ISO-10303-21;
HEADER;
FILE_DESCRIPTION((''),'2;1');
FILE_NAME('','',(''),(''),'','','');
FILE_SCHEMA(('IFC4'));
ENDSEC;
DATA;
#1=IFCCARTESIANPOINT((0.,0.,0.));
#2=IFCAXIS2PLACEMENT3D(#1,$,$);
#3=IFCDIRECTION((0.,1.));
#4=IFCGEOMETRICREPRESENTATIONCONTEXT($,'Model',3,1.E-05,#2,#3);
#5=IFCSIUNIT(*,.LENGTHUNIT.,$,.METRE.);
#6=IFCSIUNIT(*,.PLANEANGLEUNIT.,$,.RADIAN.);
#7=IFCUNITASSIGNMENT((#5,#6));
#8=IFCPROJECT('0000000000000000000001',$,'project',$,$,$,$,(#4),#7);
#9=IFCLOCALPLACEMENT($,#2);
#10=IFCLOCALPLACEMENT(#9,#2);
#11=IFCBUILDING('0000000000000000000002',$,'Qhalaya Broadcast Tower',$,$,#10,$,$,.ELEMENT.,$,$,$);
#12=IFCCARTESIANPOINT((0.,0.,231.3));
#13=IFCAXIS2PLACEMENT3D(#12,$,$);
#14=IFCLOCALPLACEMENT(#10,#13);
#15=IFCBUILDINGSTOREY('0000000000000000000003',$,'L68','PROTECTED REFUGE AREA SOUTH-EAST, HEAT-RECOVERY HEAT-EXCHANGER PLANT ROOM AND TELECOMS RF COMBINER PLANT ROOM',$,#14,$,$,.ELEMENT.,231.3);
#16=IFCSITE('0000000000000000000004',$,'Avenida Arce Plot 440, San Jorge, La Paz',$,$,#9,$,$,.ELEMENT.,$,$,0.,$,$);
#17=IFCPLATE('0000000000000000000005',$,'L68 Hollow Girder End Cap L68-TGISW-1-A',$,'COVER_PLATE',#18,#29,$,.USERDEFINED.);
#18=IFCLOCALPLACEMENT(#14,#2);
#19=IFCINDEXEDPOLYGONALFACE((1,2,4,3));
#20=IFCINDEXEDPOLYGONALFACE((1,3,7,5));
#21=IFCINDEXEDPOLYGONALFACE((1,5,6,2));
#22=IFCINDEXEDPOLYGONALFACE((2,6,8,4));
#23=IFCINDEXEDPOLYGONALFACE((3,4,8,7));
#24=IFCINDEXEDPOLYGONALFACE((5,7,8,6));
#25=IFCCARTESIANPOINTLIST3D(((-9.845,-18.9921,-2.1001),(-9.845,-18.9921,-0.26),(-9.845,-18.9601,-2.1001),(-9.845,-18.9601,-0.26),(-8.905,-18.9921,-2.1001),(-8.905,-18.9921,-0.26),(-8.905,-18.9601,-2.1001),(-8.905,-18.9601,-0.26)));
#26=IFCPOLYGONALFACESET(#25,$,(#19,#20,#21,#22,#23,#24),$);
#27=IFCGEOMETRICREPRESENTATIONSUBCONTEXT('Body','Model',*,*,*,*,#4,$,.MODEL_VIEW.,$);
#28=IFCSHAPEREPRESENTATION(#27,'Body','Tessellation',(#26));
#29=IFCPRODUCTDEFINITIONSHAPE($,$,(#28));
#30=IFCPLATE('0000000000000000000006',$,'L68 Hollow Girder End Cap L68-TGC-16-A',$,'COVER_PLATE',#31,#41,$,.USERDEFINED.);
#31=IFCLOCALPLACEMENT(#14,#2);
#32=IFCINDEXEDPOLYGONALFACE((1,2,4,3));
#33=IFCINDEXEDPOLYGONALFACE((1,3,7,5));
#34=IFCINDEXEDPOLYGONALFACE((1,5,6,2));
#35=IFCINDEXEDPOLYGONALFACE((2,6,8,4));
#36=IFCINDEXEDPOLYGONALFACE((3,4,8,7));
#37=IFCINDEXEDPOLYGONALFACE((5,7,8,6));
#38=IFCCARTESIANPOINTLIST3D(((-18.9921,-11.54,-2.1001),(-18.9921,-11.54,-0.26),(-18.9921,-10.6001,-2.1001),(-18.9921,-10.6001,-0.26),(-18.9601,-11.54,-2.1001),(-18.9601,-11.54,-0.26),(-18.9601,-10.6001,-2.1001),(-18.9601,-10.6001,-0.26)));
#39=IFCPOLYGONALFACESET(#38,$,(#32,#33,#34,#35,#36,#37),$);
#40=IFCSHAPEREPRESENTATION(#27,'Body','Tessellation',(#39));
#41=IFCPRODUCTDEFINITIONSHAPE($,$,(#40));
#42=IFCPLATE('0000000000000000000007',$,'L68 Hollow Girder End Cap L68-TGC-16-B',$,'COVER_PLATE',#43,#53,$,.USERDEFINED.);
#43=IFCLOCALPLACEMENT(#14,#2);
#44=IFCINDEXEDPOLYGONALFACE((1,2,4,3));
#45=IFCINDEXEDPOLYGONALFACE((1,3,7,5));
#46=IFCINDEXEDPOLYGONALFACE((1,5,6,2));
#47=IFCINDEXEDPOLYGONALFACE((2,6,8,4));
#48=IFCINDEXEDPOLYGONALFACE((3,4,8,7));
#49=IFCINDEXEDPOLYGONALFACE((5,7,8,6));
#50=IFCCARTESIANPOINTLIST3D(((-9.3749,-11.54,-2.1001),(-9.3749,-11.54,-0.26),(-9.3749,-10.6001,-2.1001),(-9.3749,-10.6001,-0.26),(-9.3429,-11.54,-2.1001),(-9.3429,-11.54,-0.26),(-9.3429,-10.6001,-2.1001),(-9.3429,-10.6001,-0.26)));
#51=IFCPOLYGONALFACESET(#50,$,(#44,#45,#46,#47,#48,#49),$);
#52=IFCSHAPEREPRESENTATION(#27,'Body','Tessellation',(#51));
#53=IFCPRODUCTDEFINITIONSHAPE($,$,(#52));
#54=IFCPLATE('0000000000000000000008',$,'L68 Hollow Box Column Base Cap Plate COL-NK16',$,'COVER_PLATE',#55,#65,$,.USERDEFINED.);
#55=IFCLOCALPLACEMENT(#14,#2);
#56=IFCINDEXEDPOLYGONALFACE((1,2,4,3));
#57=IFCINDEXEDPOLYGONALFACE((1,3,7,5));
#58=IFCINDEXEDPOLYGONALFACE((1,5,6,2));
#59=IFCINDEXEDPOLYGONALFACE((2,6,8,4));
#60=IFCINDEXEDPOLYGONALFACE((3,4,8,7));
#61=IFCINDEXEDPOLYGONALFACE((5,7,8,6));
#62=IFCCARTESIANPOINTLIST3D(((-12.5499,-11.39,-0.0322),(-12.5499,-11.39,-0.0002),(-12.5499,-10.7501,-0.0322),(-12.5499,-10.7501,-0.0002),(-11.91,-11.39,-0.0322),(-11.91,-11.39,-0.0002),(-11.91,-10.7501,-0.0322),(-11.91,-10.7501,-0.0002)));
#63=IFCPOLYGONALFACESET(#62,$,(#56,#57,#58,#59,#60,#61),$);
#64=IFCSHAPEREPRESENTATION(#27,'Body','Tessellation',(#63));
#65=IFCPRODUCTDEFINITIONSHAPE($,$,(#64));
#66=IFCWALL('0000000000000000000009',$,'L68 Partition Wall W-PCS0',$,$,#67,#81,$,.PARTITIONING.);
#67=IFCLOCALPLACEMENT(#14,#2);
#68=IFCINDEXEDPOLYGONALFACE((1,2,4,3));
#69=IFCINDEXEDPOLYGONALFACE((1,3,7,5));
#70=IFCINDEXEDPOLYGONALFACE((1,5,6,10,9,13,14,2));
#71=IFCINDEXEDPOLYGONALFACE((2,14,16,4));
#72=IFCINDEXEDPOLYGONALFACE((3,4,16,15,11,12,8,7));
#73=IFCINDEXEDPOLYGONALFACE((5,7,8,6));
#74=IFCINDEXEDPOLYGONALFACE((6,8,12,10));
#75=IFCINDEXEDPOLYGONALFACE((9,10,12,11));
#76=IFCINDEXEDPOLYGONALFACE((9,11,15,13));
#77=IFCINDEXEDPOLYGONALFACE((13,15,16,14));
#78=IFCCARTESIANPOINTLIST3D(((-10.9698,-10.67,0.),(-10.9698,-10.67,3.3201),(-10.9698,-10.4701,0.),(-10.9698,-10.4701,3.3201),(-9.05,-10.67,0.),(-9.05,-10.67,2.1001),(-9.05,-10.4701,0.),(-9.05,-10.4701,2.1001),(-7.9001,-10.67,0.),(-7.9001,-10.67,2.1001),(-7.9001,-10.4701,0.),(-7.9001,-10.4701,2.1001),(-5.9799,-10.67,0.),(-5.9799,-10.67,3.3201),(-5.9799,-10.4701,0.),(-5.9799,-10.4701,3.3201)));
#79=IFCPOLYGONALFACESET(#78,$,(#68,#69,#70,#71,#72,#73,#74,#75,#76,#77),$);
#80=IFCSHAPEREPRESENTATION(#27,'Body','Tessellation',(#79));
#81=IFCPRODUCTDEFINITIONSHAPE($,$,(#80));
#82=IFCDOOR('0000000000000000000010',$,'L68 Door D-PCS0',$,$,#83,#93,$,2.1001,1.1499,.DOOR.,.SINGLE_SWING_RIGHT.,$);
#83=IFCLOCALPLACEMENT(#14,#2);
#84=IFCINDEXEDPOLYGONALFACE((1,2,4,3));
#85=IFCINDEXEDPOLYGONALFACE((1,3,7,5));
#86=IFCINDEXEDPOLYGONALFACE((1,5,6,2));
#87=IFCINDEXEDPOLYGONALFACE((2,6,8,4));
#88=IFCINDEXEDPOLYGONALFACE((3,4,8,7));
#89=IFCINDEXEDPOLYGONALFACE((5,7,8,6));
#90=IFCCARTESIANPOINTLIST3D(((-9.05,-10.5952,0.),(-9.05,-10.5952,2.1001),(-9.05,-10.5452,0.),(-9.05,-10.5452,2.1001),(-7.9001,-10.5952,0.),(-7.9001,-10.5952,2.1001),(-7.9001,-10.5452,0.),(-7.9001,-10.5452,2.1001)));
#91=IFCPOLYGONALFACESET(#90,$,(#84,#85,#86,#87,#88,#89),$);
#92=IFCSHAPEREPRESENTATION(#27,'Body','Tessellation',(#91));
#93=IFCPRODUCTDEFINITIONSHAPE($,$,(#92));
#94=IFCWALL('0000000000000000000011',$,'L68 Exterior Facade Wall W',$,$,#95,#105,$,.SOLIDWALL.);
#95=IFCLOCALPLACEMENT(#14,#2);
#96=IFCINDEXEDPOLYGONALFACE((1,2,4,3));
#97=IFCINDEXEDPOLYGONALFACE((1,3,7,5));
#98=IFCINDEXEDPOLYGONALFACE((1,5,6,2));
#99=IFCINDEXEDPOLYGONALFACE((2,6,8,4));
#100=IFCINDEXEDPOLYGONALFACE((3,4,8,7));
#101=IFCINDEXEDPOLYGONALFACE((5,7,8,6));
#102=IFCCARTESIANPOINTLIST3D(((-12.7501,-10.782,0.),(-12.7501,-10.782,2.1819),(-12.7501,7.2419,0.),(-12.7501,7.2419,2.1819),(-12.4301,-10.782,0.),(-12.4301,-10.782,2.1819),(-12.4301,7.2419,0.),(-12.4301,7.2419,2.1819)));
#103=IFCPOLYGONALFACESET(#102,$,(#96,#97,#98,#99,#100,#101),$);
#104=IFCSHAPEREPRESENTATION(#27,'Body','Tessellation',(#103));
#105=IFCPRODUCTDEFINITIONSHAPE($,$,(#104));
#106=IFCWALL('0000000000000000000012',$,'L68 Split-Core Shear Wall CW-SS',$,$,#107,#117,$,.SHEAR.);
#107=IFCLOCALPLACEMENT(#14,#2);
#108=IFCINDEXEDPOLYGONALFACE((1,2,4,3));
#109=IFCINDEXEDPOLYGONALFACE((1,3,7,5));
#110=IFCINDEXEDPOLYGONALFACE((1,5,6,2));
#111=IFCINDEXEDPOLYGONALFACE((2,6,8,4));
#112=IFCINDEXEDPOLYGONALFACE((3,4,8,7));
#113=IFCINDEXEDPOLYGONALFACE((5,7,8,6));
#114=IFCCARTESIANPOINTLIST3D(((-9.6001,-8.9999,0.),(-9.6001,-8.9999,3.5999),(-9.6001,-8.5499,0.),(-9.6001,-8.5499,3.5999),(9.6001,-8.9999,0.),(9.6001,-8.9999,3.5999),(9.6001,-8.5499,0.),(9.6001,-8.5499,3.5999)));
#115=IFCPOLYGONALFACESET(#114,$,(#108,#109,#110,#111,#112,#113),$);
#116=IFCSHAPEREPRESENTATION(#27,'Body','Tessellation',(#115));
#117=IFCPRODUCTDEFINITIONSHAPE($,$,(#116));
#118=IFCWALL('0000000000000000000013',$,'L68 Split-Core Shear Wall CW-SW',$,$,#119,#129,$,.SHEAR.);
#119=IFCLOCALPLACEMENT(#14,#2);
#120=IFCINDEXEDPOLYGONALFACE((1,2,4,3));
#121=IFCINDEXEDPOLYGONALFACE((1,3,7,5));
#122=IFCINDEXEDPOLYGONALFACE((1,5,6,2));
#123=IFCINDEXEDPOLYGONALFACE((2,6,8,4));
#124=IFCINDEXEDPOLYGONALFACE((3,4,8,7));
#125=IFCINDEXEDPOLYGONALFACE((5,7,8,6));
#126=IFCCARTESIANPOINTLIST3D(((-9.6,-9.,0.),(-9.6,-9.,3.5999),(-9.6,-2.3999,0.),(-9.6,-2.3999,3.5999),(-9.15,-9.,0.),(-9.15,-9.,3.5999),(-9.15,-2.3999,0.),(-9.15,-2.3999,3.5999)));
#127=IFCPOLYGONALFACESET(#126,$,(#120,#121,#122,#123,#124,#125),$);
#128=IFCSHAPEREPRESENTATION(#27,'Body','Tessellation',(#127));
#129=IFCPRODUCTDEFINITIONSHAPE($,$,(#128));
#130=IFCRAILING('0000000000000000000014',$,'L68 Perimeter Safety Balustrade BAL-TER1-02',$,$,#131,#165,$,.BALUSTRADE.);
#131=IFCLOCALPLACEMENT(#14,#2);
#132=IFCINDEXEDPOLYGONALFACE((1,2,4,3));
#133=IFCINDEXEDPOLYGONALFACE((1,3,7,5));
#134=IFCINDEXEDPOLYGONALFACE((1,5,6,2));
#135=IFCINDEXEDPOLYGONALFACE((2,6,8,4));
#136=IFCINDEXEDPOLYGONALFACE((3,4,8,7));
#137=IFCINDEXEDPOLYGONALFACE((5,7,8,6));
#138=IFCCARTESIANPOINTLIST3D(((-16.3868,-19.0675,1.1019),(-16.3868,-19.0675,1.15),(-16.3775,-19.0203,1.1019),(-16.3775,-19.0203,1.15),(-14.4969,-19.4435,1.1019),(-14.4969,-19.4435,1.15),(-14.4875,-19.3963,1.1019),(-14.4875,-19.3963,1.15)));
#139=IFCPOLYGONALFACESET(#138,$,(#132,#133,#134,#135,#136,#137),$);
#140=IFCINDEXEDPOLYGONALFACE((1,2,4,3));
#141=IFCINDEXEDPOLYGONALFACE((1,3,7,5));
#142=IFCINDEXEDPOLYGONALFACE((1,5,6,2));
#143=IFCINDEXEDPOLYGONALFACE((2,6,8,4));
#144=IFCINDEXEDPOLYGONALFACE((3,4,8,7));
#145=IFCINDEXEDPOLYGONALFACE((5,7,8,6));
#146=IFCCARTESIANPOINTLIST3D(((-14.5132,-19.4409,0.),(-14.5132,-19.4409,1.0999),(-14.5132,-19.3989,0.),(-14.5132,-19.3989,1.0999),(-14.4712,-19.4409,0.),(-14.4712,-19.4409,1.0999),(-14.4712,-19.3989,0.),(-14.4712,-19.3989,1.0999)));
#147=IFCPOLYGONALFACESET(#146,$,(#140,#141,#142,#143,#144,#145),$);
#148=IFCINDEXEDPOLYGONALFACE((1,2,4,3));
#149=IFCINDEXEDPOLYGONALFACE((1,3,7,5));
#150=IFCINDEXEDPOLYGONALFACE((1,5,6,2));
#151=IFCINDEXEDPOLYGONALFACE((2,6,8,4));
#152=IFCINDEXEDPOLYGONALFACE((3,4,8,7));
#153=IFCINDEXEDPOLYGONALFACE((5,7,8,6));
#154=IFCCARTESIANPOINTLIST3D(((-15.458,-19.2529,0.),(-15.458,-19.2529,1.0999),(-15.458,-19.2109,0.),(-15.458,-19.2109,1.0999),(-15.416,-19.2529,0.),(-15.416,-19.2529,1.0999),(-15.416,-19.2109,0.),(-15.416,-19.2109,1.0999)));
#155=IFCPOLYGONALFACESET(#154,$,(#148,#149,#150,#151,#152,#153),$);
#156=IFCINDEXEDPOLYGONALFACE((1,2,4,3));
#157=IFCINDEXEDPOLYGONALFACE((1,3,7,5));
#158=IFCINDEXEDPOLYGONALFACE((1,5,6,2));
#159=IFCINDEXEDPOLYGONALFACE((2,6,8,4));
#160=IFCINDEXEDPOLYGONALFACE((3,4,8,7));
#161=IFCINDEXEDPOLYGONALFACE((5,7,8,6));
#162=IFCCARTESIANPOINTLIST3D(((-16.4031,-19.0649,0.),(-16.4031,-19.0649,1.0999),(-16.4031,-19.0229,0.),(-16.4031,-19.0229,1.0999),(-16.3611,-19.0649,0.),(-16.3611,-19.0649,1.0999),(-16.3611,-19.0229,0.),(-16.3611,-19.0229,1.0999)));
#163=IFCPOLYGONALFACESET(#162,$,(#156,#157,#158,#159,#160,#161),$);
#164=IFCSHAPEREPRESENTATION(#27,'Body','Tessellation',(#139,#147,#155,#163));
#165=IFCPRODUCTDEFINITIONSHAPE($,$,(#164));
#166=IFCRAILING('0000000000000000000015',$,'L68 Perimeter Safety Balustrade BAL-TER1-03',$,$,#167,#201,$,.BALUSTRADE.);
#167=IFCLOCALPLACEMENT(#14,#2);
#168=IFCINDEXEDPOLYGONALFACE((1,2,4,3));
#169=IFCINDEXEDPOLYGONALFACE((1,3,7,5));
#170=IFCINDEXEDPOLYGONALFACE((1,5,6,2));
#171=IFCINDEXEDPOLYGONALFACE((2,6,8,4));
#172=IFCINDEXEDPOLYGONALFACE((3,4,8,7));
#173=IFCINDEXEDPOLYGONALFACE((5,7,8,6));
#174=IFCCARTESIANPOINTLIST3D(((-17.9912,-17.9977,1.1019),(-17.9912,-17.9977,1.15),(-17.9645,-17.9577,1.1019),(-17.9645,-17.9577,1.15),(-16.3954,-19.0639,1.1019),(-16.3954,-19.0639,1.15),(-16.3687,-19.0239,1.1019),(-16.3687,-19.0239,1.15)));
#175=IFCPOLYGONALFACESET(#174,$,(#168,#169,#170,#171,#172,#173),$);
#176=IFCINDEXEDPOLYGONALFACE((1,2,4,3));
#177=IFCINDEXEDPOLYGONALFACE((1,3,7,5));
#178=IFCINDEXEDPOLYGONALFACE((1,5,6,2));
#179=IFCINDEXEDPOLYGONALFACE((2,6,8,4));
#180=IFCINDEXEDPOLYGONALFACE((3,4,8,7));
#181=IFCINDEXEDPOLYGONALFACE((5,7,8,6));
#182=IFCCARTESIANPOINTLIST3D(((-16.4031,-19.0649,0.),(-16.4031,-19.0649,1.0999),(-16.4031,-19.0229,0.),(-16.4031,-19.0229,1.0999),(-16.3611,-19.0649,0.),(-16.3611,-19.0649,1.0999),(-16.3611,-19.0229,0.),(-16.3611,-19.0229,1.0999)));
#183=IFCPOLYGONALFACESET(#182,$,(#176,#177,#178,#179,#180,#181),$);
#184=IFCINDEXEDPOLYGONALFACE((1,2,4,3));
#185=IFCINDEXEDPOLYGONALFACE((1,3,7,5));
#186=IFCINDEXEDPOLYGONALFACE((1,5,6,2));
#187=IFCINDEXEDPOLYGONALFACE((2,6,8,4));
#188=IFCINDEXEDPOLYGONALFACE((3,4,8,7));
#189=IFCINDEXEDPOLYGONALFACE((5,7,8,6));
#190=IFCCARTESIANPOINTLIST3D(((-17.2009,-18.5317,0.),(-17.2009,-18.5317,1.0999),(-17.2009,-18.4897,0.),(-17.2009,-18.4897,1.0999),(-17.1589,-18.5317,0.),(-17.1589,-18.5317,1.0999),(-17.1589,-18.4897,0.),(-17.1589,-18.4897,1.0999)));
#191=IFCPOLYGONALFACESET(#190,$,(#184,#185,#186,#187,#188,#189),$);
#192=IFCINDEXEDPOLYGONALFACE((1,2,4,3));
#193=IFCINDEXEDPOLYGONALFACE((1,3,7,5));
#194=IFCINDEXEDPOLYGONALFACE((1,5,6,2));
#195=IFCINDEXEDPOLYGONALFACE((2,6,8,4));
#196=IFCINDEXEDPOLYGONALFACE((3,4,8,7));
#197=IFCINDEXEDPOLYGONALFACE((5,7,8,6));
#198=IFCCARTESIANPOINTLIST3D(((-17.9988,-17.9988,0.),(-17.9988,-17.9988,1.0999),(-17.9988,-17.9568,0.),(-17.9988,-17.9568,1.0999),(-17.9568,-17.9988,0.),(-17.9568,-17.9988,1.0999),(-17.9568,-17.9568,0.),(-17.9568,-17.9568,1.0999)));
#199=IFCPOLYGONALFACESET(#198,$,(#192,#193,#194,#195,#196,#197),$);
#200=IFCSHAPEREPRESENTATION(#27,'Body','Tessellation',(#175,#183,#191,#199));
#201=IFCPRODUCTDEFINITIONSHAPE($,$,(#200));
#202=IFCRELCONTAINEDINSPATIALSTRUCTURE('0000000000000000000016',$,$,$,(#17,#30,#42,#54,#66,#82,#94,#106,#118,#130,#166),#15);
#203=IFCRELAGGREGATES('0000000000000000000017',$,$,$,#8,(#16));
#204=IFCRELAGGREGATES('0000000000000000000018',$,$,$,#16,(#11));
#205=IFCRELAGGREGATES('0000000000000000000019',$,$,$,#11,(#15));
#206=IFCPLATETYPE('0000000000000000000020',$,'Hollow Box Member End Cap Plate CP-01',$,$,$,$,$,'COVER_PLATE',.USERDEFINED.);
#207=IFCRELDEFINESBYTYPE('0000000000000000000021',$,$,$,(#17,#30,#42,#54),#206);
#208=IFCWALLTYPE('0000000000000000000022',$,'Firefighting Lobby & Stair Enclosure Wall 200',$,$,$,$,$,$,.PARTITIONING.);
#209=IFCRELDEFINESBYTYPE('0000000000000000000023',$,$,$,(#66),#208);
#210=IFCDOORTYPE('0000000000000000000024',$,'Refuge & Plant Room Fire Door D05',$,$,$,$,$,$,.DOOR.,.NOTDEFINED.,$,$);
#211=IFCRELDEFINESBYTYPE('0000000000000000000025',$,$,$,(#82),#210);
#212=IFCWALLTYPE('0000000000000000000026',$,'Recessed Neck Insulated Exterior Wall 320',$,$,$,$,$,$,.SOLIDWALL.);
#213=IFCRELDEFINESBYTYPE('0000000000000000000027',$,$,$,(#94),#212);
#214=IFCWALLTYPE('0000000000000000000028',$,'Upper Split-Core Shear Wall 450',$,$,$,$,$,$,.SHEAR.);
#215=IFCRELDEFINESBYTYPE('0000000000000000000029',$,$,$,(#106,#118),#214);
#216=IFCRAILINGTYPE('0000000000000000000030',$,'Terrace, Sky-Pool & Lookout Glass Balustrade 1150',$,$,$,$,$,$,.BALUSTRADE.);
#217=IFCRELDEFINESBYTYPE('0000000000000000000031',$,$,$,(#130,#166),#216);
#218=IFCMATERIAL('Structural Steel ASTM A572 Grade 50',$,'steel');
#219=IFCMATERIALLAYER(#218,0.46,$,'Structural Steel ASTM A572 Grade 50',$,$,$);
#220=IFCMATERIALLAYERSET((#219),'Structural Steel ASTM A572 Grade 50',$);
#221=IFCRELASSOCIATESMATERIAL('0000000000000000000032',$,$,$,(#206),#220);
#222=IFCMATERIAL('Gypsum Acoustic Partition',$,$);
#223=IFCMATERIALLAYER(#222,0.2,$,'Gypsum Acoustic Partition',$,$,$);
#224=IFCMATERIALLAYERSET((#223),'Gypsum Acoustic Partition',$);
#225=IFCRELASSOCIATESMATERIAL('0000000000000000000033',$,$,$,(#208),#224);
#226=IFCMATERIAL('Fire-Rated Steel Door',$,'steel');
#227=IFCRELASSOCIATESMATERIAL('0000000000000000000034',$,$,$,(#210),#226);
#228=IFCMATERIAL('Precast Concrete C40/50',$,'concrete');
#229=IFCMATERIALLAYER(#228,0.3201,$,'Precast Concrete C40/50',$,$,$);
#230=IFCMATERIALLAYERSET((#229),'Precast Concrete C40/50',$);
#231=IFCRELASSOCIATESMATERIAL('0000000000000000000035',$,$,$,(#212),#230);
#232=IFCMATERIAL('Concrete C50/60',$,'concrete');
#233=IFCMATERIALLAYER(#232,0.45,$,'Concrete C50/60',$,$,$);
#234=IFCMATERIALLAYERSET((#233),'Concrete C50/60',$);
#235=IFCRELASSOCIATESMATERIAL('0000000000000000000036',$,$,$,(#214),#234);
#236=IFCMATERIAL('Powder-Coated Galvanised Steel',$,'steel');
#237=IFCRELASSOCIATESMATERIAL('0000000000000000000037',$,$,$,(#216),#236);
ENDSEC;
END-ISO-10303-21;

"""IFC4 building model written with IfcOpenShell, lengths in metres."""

from ifc_helpers import new_model, si_unit, direction, frame, frame_2d, origin, origin_2d, place, context, subcontext, project, spatial, rectangle, extrude, material, layer, layer_set, type_object, element, fill, save


model = new_model("IFC4")

# Units and contexts
model_context = context("Model", 3, precision=1e-05, world=origin(), true_north=direction((0.0, 1.0)))
body_context = subcontext(model_context, "Body", "Model", "MODEL_VIEW")
ifc_project = project(units=[si_unit("LENGTHUNIT", "METRE"), si_unit("PLANEANGLEUNIT", "RADIAN")], contexts=[model_context])

# Site, building, storey
site_placement = place(None, origin())
site = spatial("IfcSite", under=ifc_project, at=site_placement, Name="Avenida Arce Plot 440, San Jorge, La Paz", CompositionType="ELEMENT", RefElevation=0.0)
building_placement = place(site_placement, origin())
building = spatial("IfcBuilding", under=site, at=building_placement, Name="Qhalaya Broadcast Tower", CompositionType="ELEMENT")
storey_placement = place(building_placement, frame((0.0, 0.0, 231.3)))
storey = spatial("IfcBuildingStorey", under=building, at=storey_placement, Name="L68", Description="PROTECTED REFUGE AREA SOUTH-EAST, HEAT-RECOVERY HEAT-EXCHANGER PLANT ROOM AND TELECOMS RF COMBINER PLANT ROOM", CompositionType="ELEMENT", Elevation=231.3)

# Shared definitions
ifc_material_1 = material(Name="Structural Steel ASTM A572 Grade 50", Category="steel")

# Plates
ifc_layer_1 = layer(ifc_material_1, 0.46, Name="Structural Steel ASTM A572 Grade 50")
ifc_layer_set_1 = layer_set([ifc_layer_1], Name="Structural Steel ASTM A572 Grade 50")
plate_type = type_object("IfcPlateType", Name="Hollow Box Member End Cap Plate CP-01", ElementType="COVER_PLATE", PredefinedType="USERDEFINED", material=ifc_layer_set_1)
for number, where, z_axis, x_axis, name in (
    (1, (-9.375, -18.9761, -2.1001), (0.0, 0.0, 1.0), (-1.0, 0.0, 0.0), "L68 Hollow Girder End Cap L68-TGISW-1-A"),
    (2, (-18.9761, -11.0701, -2.1001), (0.0, 0.0, 1.0), (0.0, 1.0, 0.0), "L68 Hollow Girder End Cap L68-TGC-16-A"),
    (3, (-9.3589, -11.0701, -2.1001), (0.0, 0.0, 1.0), (0.0, 1.0, 0.0), "L68 Hollow Girder End Cap L68-TGC-16-B"),
):
    element("IfcPlate", number, at=place(storey_placement, frame(where, z_axis=z_axis, x_axis=x_axis)), inside=storey, type_object=plate_type, Name=name, ObjectType="COVER_PLATE", PredefinedType="USERDEFINED", context=body_context, shape_type="SweptSolid", body=[
        extrude(rectangle(XDim=0.9399, YDim=0.032, at=origin_2d()), origin(), (0.0, 0.0, 1.0), 1.8401),
    ])
plate_placement = place(storey_placement, frame((-12.23, -11.0701, -0.0322), z_axis=(0.0, 0.0, 1.0), x_axis=(0.0, 1.0, 0.0)))
element("IfcPlate", 4, at=plate_placement, inside=storey, type_object=plate_type, Name="L68 Hollow Box Column Base Cap Plate COL-NK16", ObjectType="COVER_PLATE", PredefinedType="USERDEFINED", context=body_context, shape_type="SweptSolid", body=[
    extrude(rectangle(XDim=0.6399, YDim=0.6399, at=origin_2d()), origin(), (0.0, 0.0, 1.0), 0.032),
])

# Wall, opening, door
ifc_material_2 = material(Name="Gypsum Acoustic Partition")
ifc_layer_2 = layer(ifc_material_2, 0.2, Name="Gypsum Acoustic Partition")
ifc_layer_set_2 = layer_set([ifc_layer_2], Name="Gypsum Acoustic Partition")
wall_type_1 = type_object("IfcWallType", Name="Firefighting Lobby & Stair Enclosure Wall 200", PredefinedType="PARTITIONING", material=ifc_layer_set_2)
wall_1_placement = place(storey_placement, frame((-10.97, -10.5701, 0.0), z_axis=(0.0, 0.0, 1.0), x_axis=(1.0, 0.0, 0.0)))
wall_1 = element("IfcWall", 5, at=wall_1_placement, inside=storey, type_object=wall_type_1, Name="L68 Partition Wall W-PCS0", PredefinedType="PARTITIONING", context=body_context, shape_type="SweptSolid", body=[
    extrude(rectangle(XDim=4.99, YDim=0.2, at=frame_2d((2.4951, 0.0))), origin(), (0.0, 0.0, 1.0), 3.3201),
])
opening_placement = place(wall_1_placement, frame((1.9199, 0.0, 0.0)))
opening = element("IfcOpeningElement", 6, at=opening_placement, cuts=wall_1, PredefinedType="OPENING", context=body_context, shape_type="SweptSolid", body=[
    extrude(rectangle(XDim=1.1499, YDim=2.1001, at=frame_2d((0.575, 1.05))), frame((0.0, 0.1121, 0.0), z_axis=(0.0, -1.0, 0.0), x_axis=(1.0, 0.0, 0.0)), (0.0, 0.0, 1.0), 0.2239),
])
ifc_material_3 = material(Name="Fire-Rated Steel Door", Category="steel")
door_type = type_object("IfcDoorType", Name="Refuge & Plant Room Fire Door D05", OperationType="NOTDEFINED", PredefinedType="DOOR", material=ifc_material_3)
door_placement = place(opening_placement, origin())
door = element("IfcDoor", 7, at=door_placement, inside=storey, type_object=door_type, Name="L68 Door D-PCS0", OperationType="SINGLE_SWING_RIGHT", OverallHeight=2.1001, OverallWidth=1.1499, PredefinedType="DOOR", context=body_context, shape_type="SweptSolid", body=[
    extrude(rectangle(XDim=1.1499, YDim=2.1001, at=frame_2d((0.575, 1.05))), frame((0.0, 0.0249, 0.0), z_axis=(0.0, -1.0, 0.0), x_axis=(1.0, 0.0, 0.0)), (0.0, 0.0, 1.0), 0.05),
])
fill(opening, door)

# Walls
ifc_material_4 = material(Name="Precast Concrete C40/50", Category="concrete")
ifc_layer_3 = layer(ifc_material_4, 0.3201, Name="Precast Concrete C40/50")
ifc_layer_set_3 = layer_set([ifc_layer_3], Name="Precast Concrete C40/50")
wall_type_2 = type_object("IfcWallType", Name="Recessed Neck Insulated Exterior Wall 320", PredefinedType="SOLIDWALL", material=ifc_layer_set_3)
wall_2_placement = place(storey_placement, frame((-12.5901, -10.782, 0.0), z_axis=(0.0, 0.0, 1.0), x_axis=(0.0, 1.0, 0.0)))
element("IfcWall", 8, at=wall_2_placement, inside=storey, type_object=wall_type_2, Name="L68 Exterior Facade Wall W", PredefinedType="SOLIDWALL", context=body_context, shape_type="SweptSolid", body=[
    extrude(rectangle(XDim=18.0239, YDim=0.3201, at=frame_2d((9.012, 0.0))), origin(), (0.0, 0.0, 1.0), 2.1819),
])
ifc_material_5 = material(Name="Concrete C50/60", Category="concrete")
ifc_layer_4 = layer(ifc_material_5, 0.45, Name="Concrete C50/60")
ifc_layer_set_4 = layer_set([ifc_layer_4], Name="Concrete C50/60")
wall_type_3 = type_object("IfcWallType", Name="Upper Split-Core Shear Wall 450", PredefinedType="SHEAR", material=ifc_layer_set_4)
wall_3_placement = place(storey_placement, frame((-9.6001, -8.7749, 0.0), z_axis=(0.0, 0.0, 1.0), x_axis=(1.0, 0.0, 0.0)))
element("IfcWall", 9, at=wall_3_placement, inside=storey, type_object=wall_type_3, Name="L68 Split-Core Shear Wall CW-SS", PredefinedType="SHEAR", context=body_context, shape_type="SweptSolid", body=[
    extrude(rectangle(XDim=19.2002, YDim=0.45, at=frame_2d((9.6001, 0.0))), origin(), (0.0, 0.0, 1.0), 3.5999),
])
wall_4_placement = place(storey_placement, frame((-9.375, -9.0, 0.0), z_axis=(0.0, 0.0, 1.0), x_axis=(0.0, 1.0, 0.0)))
element("IfcWall", 10, at=wall_4_placement, inside=storey, type_object=wall_type_3, Name="L68 Split-Core Shear Wall CW-SW", PredefinedType="SHEAR", context=body_context, shape_type="SweptSolid", body=[
    extrude(rectangle(XDim=6.6001, YDim=0.45, at=frame_2d((3.3, 0.0))), origin(), (0.0, 0.0, 1.0), 3.5999),
])

# Railings
ifc_material_6 = material(Name="Powder-Coated Galvanised Steel", Category="steel")
railing_type = type_object("IfcRailingType", Name="Terrace, Sky-Pool & Lookout Glass Balustrade 1150", PredefinedType="BALUSTRADE", material=ifc_material_6)
railing_1_placement = place(storey_placement, frame((-14.4922, -19.4199, 0.0)))
element("IfcRailing", 11, at=railing_1_placement, inside=storey, type_object=railing_type, Name="L68 Perimeter Safety Balustrade BAL-TER1-02", PredefinedType="BALUSTRADE", context=body_context, shape_type="SweptSolid", body=[
    extrude(rectangle(XDim=0.0481, YDim=0.0481, at=origin_2d()), frame((0.0, 0.0, 1.126), z_axis=(-0.98078, 0.195117, 0.0), x_axis=(-0.195117, -0.98078, 0.0)), (0.0, 0.0, 1.0), 1.927),
    extrude(rectangle(XDim=0.042, YDim=0.042, at=origin_2d()), origin(), (0.0, 0.0, 1.0), 1.0999),
    extrude(rectangle(XDim=0.042, YDim=0.042, at=origin_2d()), frame((-0.9448, 0.188, 0.0)), (0.0, 0.0, 1.0), 1.0999),
    extrude(rectangle(XDim=0.042, YDim=0.042, at=origin_2d()), frame((-1.8899, 0.376, 0.0)), (0.0, 0.0, 1.0), 1.0999),
])
railing_2_placement = place(storey_placement, frame((-16.3821, -19.0439, 0.0)))
element("IfcRailing", 12, at=railing_2_placement, inside=storey, type_object=railing_type, Name="L68 Perimeter Safety Balustrade BAL-TER1-03", PredefinedType="BALUSTRADE", context=body_context, shape_type="SweptSolid", body=[
    extrude(rectangle(XDim=0.0481, YDim=0.0481, at=origin_2d()), frame((0.0, 0.0, 1.126), z_axis=(-0.831482, 0.555551, 0.0), x_axis=(-0.555551, -0.831482, 0.0)), (0.0, 0.0, 1.0), 1.9192),
    extrude(rectangle(XDim=0.042, YDim=0.042, at=origin_2d()), origin(), (0.0, 0.0, 1.0), 1.0999),
    extrude(rectangle(XDim=0.042, YDim=0.042, at=origin_2d()), frame((-0.7979, 0.5332, 0.0)), (0.0, 0.0, 1.0), 1.0999),
    extrude(rectangle(XDim=0.042, YDim=0.042, at=origin_2d()), frame((-1.5957, 1.0662, 0.0)), (0.0, 0.0, 1.0), 1.0999),
])

save(model, "model.ifc")
